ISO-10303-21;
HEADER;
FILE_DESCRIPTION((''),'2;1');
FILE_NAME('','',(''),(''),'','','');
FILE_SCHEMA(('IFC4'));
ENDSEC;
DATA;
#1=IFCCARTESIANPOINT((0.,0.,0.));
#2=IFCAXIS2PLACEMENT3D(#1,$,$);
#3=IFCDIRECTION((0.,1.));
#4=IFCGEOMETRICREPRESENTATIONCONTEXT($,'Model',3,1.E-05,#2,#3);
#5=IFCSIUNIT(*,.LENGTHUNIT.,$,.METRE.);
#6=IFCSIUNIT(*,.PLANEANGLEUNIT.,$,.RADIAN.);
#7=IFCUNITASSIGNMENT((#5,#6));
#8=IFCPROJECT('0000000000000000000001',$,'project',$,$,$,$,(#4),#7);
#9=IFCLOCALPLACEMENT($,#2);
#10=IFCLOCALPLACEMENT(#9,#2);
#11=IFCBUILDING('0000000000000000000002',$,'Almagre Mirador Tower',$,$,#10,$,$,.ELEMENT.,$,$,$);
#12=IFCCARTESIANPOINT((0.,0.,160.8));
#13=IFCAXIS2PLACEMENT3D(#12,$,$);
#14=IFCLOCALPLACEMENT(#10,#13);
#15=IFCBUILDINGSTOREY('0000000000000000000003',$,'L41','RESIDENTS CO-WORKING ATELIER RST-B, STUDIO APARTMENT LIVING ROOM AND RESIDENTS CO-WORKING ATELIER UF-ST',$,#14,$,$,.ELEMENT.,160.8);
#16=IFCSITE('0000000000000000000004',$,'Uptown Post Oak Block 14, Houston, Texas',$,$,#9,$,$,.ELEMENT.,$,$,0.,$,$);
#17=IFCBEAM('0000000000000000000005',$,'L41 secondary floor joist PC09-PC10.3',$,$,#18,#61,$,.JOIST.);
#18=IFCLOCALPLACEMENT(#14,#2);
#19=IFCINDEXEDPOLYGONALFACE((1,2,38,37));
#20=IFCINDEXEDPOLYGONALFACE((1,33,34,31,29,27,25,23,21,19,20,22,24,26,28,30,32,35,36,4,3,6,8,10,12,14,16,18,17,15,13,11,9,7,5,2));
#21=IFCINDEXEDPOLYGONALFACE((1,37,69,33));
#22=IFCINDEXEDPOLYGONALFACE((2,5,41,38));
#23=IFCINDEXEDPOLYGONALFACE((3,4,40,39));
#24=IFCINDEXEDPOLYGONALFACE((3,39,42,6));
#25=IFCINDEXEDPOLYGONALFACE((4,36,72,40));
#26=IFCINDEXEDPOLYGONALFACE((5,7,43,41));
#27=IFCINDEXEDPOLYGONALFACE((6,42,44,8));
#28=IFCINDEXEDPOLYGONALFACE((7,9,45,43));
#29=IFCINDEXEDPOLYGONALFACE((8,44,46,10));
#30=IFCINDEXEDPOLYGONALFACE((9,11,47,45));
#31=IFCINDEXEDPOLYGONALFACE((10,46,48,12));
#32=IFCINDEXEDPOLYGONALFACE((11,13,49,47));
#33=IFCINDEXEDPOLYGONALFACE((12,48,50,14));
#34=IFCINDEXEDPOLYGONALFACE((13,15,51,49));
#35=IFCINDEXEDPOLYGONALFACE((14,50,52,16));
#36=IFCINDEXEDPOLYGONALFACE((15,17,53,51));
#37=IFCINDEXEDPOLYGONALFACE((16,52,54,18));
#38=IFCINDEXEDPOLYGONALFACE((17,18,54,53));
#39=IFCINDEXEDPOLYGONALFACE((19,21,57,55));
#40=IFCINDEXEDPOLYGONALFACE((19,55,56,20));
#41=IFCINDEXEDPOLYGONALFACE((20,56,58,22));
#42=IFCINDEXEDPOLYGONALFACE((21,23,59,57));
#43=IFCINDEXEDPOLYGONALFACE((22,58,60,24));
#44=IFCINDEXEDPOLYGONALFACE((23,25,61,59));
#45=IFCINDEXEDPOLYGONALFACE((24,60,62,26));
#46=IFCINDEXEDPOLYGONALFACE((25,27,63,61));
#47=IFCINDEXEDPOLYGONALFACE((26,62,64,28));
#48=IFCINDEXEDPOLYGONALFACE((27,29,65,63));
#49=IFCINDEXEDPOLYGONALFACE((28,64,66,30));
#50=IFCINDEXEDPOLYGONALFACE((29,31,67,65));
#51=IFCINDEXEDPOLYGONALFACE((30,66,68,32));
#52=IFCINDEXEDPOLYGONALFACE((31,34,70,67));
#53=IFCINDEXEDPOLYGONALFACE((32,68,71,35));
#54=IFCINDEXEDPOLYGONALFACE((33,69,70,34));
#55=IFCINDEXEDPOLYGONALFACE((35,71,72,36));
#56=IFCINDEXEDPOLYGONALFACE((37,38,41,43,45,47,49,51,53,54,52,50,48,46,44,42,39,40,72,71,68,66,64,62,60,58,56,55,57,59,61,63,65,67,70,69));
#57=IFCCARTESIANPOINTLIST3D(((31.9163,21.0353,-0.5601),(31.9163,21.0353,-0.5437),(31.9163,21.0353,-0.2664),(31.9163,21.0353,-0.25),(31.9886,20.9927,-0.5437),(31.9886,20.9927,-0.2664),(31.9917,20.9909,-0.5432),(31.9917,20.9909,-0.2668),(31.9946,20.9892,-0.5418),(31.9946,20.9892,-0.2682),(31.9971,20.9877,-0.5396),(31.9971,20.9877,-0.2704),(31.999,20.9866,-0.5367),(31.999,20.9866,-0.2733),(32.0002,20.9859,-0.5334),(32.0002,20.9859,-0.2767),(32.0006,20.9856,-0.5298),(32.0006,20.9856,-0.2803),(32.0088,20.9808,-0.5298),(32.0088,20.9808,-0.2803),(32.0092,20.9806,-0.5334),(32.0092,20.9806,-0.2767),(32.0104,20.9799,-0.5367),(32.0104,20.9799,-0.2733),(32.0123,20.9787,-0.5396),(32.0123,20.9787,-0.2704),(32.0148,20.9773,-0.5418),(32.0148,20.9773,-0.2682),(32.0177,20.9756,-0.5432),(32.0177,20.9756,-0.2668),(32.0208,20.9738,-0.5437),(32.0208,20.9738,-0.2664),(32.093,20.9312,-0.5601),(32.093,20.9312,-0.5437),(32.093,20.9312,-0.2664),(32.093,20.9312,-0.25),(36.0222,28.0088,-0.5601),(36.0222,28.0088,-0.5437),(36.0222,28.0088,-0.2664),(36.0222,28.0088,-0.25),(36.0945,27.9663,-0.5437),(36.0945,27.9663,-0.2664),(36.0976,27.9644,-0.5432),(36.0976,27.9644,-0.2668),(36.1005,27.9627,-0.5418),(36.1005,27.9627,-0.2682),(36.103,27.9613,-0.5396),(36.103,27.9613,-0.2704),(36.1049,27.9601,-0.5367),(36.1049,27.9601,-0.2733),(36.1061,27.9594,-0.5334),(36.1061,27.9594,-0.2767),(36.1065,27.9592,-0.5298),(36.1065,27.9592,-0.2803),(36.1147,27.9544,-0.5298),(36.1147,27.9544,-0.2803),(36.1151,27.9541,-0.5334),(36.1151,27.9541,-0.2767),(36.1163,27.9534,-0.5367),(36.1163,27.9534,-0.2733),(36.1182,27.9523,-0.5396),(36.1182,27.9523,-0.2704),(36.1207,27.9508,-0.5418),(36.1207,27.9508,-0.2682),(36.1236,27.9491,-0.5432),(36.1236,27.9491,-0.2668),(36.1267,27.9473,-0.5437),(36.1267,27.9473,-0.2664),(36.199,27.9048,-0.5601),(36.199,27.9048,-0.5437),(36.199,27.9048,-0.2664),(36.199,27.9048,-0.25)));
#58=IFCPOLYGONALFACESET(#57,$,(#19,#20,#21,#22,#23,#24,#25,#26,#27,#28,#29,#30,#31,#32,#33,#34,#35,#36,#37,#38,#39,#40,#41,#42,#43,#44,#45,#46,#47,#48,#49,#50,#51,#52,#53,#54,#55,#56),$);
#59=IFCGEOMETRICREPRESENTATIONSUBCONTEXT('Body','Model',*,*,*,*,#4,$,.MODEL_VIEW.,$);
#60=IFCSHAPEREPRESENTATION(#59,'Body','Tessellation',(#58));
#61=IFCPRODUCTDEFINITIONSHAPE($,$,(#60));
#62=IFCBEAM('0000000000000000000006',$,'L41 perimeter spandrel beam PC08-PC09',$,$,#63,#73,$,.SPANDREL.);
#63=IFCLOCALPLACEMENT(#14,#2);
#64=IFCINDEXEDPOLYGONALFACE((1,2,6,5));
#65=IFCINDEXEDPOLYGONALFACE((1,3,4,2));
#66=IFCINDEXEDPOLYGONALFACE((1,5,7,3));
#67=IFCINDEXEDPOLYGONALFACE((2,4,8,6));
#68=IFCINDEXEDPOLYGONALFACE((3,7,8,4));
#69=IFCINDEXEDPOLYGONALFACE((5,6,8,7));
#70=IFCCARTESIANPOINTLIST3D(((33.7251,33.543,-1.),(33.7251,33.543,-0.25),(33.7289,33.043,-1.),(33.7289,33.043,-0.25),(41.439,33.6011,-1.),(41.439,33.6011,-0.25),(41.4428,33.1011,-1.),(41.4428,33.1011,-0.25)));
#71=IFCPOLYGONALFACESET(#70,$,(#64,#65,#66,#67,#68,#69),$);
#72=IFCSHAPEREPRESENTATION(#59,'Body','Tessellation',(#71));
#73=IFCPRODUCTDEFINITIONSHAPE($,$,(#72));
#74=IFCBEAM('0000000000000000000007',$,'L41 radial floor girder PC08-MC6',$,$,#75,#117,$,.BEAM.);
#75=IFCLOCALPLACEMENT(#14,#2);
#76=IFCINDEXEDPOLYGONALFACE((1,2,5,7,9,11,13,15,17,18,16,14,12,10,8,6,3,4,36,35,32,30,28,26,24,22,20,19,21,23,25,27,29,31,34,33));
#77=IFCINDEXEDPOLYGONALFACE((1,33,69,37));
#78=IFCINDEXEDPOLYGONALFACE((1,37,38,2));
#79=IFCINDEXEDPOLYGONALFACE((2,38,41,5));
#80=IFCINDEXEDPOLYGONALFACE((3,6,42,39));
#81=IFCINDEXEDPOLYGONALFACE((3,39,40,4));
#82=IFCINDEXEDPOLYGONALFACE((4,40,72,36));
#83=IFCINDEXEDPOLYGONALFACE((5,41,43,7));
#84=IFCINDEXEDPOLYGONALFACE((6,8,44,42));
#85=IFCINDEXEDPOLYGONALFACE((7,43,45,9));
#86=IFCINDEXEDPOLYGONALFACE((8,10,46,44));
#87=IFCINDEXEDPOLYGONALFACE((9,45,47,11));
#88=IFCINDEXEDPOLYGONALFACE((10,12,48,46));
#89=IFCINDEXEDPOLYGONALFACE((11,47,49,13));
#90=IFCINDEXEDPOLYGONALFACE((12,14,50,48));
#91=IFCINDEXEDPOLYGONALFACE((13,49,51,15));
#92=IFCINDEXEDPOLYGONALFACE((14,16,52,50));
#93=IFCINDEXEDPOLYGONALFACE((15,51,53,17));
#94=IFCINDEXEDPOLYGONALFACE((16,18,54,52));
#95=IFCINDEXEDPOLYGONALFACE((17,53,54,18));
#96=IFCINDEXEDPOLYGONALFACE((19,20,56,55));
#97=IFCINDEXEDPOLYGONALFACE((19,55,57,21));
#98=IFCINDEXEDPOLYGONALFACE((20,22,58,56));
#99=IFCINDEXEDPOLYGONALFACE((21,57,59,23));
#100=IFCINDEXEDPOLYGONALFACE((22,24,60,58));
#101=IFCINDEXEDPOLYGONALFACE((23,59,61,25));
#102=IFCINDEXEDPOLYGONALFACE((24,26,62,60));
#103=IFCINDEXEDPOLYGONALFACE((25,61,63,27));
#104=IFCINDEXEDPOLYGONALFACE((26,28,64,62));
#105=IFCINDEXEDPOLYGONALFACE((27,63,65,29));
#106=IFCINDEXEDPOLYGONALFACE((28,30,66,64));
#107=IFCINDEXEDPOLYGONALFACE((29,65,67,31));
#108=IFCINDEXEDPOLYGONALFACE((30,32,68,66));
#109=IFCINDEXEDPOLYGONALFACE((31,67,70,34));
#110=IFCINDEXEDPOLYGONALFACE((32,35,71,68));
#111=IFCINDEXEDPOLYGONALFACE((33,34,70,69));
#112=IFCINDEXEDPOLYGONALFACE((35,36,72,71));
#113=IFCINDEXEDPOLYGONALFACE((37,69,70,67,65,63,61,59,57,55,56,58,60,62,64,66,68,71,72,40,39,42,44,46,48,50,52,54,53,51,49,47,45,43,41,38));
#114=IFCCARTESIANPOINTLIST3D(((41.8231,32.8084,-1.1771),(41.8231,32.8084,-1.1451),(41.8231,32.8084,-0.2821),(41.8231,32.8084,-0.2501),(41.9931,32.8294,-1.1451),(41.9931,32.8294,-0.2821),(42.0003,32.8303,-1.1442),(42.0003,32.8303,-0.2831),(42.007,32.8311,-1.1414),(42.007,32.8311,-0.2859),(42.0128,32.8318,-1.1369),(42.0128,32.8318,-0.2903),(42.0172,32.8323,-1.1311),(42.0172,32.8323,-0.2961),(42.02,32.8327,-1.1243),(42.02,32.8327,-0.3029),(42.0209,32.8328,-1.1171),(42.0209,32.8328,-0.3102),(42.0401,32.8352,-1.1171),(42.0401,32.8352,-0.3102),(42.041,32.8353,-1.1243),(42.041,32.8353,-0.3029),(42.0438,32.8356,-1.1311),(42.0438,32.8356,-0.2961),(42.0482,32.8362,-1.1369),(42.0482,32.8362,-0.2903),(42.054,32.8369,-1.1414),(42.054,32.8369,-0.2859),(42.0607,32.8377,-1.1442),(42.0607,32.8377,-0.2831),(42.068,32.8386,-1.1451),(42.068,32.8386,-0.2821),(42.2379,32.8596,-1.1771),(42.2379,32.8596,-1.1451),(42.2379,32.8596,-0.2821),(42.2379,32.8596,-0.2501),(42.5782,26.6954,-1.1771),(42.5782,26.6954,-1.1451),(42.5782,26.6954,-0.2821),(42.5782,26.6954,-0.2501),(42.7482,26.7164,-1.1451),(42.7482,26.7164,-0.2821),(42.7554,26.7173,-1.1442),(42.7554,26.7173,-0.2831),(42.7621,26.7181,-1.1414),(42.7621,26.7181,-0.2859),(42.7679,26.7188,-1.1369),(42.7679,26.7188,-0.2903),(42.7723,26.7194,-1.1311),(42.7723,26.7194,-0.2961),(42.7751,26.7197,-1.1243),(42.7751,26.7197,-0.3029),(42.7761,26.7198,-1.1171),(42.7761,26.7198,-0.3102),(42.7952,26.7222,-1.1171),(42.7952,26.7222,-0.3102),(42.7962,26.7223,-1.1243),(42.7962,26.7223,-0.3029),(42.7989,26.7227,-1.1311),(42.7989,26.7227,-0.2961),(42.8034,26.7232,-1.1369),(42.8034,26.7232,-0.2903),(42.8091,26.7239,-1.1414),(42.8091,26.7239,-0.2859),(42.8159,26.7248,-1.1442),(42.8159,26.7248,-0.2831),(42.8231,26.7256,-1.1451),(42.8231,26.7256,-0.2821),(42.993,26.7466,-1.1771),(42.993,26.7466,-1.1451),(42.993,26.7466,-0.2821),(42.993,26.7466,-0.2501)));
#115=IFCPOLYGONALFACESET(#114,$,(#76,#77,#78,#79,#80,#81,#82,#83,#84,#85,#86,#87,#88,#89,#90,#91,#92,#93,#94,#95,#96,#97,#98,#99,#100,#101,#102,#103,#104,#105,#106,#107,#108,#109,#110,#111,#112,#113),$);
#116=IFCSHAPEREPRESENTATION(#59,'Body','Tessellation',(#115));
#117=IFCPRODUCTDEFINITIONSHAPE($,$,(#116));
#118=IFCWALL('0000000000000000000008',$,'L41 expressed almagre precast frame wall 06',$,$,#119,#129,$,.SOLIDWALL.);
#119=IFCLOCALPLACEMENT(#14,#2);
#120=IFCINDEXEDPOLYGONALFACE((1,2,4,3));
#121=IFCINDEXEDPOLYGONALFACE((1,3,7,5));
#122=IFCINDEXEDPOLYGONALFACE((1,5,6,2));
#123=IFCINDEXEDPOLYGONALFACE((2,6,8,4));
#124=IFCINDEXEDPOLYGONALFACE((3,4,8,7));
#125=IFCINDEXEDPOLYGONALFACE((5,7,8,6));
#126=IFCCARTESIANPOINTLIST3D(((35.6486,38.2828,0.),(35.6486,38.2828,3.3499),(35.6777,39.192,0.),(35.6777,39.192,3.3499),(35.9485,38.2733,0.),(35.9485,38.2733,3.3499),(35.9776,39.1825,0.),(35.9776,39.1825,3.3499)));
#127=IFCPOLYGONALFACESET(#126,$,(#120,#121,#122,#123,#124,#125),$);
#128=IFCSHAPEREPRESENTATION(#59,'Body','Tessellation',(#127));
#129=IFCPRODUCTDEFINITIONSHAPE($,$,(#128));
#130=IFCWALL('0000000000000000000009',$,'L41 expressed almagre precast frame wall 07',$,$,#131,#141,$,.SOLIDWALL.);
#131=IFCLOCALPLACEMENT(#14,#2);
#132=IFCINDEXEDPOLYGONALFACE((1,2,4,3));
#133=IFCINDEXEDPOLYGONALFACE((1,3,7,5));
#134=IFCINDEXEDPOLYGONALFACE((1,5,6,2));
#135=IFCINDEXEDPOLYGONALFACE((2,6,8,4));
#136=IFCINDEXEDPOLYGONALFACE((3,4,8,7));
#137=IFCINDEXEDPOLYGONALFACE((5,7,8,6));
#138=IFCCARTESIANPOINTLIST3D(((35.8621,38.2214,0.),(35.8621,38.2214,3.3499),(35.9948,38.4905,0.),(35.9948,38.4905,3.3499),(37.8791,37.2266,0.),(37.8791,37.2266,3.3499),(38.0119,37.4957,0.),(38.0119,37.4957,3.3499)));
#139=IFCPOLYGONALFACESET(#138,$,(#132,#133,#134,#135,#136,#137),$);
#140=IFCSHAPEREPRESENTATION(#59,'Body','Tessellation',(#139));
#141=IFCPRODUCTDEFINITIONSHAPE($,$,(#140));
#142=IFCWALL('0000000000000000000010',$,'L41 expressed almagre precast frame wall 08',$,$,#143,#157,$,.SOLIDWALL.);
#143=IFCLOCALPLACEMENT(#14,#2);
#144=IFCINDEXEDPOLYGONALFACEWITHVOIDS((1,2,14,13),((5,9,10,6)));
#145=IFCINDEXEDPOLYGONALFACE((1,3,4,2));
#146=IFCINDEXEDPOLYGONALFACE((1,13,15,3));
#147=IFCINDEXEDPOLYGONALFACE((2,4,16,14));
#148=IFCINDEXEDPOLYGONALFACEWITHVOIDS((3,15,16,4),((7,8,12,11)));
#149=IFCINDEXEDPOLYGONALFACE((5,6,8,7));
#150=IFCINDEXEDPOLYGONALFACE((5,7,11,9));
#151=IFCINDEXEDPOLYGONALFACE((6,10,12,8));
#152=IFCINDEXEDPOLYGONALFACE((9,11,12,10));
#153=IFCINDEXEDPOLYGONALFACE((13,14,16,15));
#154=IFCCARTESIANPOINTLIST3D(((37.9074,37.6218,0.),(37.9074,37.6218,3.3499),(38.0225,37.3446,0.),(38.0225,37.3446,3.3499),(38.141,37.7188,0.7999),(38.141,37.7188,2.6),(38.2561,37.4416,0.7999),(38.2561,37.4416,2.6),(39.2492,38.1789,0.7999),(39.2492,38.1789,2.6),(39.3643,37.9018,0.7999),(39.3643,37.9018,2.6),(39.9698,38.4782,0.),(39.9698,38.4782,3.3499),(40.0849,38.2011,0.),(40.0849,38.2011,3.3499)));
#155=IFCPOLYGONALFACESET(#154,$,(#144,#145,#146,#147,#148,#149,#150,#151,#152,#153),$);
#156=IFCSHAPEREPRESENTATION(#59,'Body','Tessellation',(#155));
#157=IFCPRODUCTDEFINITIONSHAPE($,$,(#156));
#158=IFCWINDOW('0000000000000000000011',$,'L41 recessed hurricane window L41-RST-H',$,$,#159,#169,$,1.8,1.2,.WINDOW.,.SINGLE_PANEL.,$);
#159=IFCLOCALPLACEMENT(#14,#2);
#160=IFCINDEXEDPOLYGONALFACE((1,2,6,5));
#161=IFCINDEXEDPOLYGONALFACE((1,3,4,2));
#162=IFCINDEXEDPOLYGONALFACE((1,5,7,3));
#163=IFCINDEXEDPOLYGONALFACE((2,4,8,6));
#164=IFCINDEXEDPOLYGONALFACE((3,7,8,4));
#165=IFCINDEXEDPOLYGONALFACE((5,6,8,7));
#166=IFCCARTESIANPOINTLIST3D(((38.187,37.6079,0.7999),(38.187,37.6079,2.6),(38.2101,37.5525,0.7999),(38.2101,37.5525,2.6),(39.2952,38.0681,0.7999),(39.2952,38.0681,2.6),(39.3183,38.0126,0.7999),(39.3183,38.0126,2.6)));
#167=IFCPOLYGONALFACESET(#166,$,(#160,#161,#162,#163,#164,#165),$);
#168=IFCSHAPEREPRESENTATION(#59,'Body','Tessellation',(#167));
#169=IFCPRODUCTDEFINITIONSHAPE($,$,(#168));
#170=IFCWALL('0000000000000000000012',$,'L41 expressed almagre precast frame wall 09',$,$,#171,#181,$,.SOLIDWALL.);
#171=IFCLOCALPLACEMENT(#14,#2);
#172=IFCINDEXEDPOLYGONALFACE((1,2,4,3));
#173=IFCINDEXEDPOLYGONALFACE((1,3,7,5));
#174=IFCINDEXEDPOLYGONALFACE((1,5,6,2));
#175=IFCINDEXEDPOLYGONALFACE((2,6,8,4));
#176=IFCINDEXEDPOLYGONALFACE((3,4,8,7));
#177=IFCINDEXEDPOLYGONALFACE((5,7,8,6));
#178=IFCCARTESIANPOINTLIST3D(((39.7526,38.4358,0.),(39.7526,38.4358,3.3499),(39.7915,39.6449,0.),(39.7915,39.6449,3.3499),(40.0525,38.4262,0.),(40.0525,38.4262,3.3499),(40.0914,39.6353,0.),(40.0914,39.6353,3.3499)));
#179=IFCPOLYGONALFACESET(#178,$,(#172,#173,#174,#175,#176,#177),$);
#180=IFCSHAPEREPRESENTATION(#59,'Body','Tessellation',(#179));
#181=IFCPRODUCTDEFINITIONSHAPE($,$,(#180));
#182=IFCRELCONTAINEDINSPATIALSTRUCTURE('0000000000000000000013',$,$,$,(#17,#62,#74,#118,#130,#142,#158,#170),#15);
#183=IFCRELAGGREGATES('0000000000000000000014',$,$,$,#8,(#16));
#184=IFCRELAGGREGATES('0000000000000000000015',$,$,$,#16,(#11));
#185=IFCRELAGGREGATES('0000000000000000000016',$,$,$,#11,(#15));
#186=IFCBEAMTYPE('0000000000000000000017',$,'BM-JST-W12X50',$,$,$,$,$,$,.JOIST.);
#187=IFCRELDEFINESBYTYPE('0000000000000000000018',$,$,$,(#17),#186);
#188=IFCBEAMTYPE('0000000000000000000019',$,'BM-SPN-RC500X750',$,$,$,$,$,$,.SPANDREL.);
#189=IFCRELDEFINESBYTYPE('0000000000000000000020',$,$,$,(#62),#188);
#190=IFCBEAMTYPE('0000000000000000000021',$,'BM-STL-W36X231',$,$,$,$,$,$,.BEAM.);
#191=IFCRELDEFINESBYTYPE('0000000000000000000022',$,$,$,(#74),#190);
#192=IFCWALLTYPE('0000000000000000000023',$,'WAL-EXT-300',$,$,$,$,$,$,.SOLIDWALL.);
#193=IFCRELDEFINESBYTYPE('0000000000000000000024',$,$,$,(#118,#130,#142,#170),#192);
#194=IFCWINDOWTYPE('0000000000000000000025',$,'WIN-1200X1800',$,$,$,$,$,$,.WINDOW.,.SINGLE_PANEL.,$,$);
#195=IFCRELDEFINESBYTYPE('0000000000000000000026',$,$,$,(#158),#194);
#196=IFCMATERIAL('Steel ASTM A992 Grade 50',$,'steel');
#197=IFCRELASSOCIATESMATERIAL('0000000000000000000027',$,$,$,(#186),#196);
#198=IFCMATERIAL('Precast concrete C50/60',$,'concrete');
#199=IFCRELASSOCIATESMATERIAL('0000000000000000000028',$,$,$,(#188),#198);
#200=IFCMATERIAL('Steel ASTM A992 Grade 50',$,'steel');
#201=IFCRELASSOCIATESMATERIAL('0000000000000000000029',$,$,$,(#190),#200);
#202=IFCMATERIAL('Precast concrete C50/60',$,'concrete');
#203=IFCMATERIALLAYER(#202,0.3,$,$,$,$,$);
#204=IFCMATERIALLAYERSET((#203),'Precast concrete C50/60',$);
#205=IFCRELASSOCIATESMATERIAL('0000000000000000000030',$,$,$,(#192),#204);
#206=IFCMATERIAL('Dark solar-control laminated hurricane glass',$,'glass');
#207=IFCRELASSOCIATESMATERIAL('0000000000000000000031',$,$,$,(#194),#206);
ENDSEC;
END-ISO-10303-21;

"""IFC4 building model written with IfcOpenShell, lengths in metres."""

from ifc_helpers import new_model, si_unit, direction, frame, frame_2d, origin, origin_2d, place, context, subcontext, project, spatial, rectangle, i_section, extrude, material, layer, layer_set, material_profile, profile_set, type_object, element, fill, save


model = new_model("IFC4")

# Units and contexts
model_context = context("Model", 3, precision=1e-05, world=origin(), true_north=direction((0.0, 1.0)))
body_context = subcontext(model_context, "Body", "Model", "MODEL_VIEW")
ifc_project = project(units=[si_unit("LENGTHUNIT", "METRE"), si_unit("PLANEANGLEUNIT", "RADIAN")], contexts=[model_context])

# Site, building, storey
site_placement = place(None, origin())
site = spatial("IfcSite", under=ifc_project, at=site_placement, Name="Uptown Post Oak Block 14, Houston, Texas", CompositionType="ELEMENT", RefElevation=0.0)
building_placement = place(site_placement, origin())
building = spatial("IfcBuilding", under=site, at=building_placement, Name="Almagre Mirador Tower", CompositionType="ELEMENT")
storey_placement = place(building_placement, frame((0.0, 0.0, 160.8)))
storey = spatial("IfcBuildingStorey", under=building, at=storey_placement, Name="L41", Description="RESIDENTS CO-WORKING ATELIER RST-B, STUDIO APARTMENT LIVING ROOM AND RESIDENTS CO-WORKING ATELIER UF-ST", CompositionType="ELEMENT", Elevation=160.8)

# Beams
ifc_material_1 = material(Name="Steel ASTM A992 Grade 50", Category="steel")
ifc_material_profile_1 = material_profile(ifc_material_1, i_section(OverallWidth=0.2051, OverallDepth=0.3101, WebThickness=0.0095, FlangeThickness=0.0164, FilletRadius=0.0139, at=origin_2d()), Name="W12X50")
ifc_profile_set_1 = profile_set([ifc_material_profile_1], Name="Steel ASTM A992 Grade 50")
beam_type_1 = type_object("IfcBeamType", Name="BM-JST-W12X50", PredefinedType="JOIST", material=ifc_profile_set_1)
beam_1_placement = place(storey_placement, frame((36.1106, 27.9568, -0.405), z_axis=(-0.507371, -0.861728, 0.0), x_axis=(0.861728, -0.507371, 0.0)))
element("IfcBeam", 1, at=beam_1_placement, inside=storey, type_object=beam_type_1, Name="L41 secondary floor joist PC09-PC10.3", PredefinedType="JOIST", context=body_context, shape_type="SweptSolid", body=[
    extrude(i_section(OverallWidth=0.2051, OverallDepth=0.3101, WebThickness=0.0095, FlangeThickness=0.0164, FilletRadius=0.0139, at=origin_2d()), origin(), (0.0, 0.0, 1.0), 8.0925),
])
ifc_material_2 = material(Name="Precast concrete C50/60", Category="concrete")
ifc_material_profile_2 = material_profile(ifc_material_2, rectangle(XDim=0.5, YDim=0.75, at=origin_2d()), Name="RC500X750")
ifc_profile_set_2 = profile_set([ifc_material_profile_2], Name="Precast concrete C50/60")
beam_type_2 = type_object("IfcBeamType", Name="BM-SPN-RC500X750", PredefinedType="SPANDREL", material=ifc_profile_set_2)
beam_2_placement = place(storey_placement, frame((41.4409, 33.3511, -0.625), z_axis=(-0.999972, -0.007532, 0.0), x_axis=(0.007532, -0.999972, 0.0)))
element("IfcBeam", 2, at=beam_2_placement, inside=storey, type_object=beam_type_2, Name="L41 perimeter spandrel beam PC08-PC09", PredefinedType="SPANDREL", context=body_context, shape_type="SweptSolid", body=[
    extrude(rectangle(XDim=0.5, YDim=0.75, at=origin_2d()), origin(), (0.0, 0.0, 1.0), 7.7141),
])
ifc_material_3 = material(Name="Steel ASTM A992 Grade 50", Category="steel")
ifc_material_profile_3 = material_profile(ifc_material_3, i_section(OverallWidth=0.418, OverallDepth=0.927, WebThickness=0.0193, FlangeThickness=0.032, FilletRadius=0.0281, at=origin_2d()), Name="W36X231")
ifc_profile_set_3 = profile_set([ifc_material_profile_3], Name="Steel ASTM A992 Grade 50")
beam_type_3 = type_object("IfcBeamType", Name="BM-STL-W36X231", PredefinedType="BEAM", material=ifc_profile_set_3)
beam_3_placement = place(storey_placement, frame((42.0305, 32.834, -0.7136), z_axis=(0.122595, -0.992457, 0.0), x_axis=(0.992457, 0.122595, 0.0)))
element("IfcBeam", 3, at=beam_3_placement, inside=storey, type_object=beam_type_3, Name="L41 radial floor girder PC08-MC6", PredefinedType="BEAM", context=body_context, shape_type="SweptSolid", body=[
    extrude(i_section(OverallWidth=0.418, OverallDepth=0.927, WebThickness=0.0193, FlangeThickness=0.032, FilletRadius=0.0281, at=origin_2d()), origin(), (0.0, 0.0, 1.0), 6.1594),
])

# Walls
ifc_material_4 = material(Name="Precast concrete C50/60", Category="concrete")
ifc_layer_1 = layer(ifc_material_4, 0.3)
ifc_layer_set_1 = layer_set([ifc_layer_1], Name="Precast concrete C50/60")
wall_type_1 = type_object("IfcWallType", Name="WAL-EXT-300", PredefinedType="SOLIDWALL", material=ifc_layer_set_1)
wall_1_placement = place(storey_placement, frame((35.8276, 39.1873, 0.0), z_axis=(0.0, 0.0, 1.0), x_axis=(-0.031939, -0.99949, 0.0)))
element("IfcWall", 4, at=wall_1_placement, inside=storey, type_object=wall_type_1, Name="L41 expressed almagre precast frame wall 06", PredefinedType="SOLIDWALL", context=body_context, shape_type="SweptSolid", body=[
    extrude(rectangle(XDim=0.9097, YDim=0.3, at=frame_2d((0.4548, 0.0))), origin(), (0.0, 0.0, 1.0), 3.3499),
])
wall_2_placement = place(storey_placement, frame((35.9285, 38.356, 0.0), z_axis=(0.0, 0.0, 1.0), x_axis=(0.896846, -0.442344, 0.0)))
element("IfcWall", 5, at=wall_2_placement, inside=storey, type_object=wall_type_1, Name="L41 expressed almagre precast frame wall 07", PredefinedType="SOLIDWALL", context=body_context, shape_type="SweptSolid", body=[
    extrude(rectangle(XDim=2.249, YDim=0.3, at=frame_2d((1.1245, 0.0))), origin(), (0.0, 0.0, 1.0), 3.3499),
])

# Wall, opening, window
wall_3_placement = place(storey_placement, frame((37.9648, 37.4832, 0.0), z_axis=(0.0, 0.0, 1.0), x_axis=(0.923542, 0.383497, 0.0)))
wall_3 = element("IfcWall", 6, at=wall_3_placement, inside=storey, type_object=wall_type_1, Name="L41 expressed almagre precast frame wall 08", PredefinedType="SOLIDWALL", context=body_context, shape_type="SweptSolid", body=[
    extrude(rectangle(XDim=2.2332, YDim=0.3, at=frame_2d((1.1167, 0.0))), origin(), (0.0, 0.0, 1.0), 3.3499),
])
opening_1_placement = place(wall_3_placement, frame((0.2529, 0.0, 0.8)))
opening_1 = element("IfcOpeningElement", 7, at=opening_1_placement, cuts=wall_3, PredefinedType="OPENING", context=body_context, shape_type="SweptSolid", body=[
    extrude(rectangle(XDim=1.2, YDim=1.8, at=frame_2d((0.6001, 0.8999))), frame((0.0, 0.1599, 0.0), z_axis=(0.0, -1.0, 0.0), x_axis=(1.0, 0.0, 0.0)), (0.0, 0.0, 1.0), 0.32),
])
ifc_material_5 = material(Name="Dark solar-control laminated hurricane glass", Category="glass")
window_type_1 = type_object("IfcWindowType", Name="WIN-1200X1800", PartitioningType="SINGLE_PANEL", PredefinedType="WINDOW", material=ifc_material_5)
window_1_placement = place(opening_1_placement, origin())
window_1 = element("IfcWindow", 8, at=window_1_placement, inside=storey, type_object=window_type_1, Name="L41 recessed hurricane window L41-RST-H", OverallHeight=1.8, OverallWidth=1.2, PartitioningType="SINGLE_PANEL", PredefinedType="WINDOW", context=body_context, shape_type="SweptSolid", body=[
    extrude(rectangle(XDim=1.2, YDim=1.8, at=frame_2d((0.6001, 0.8999))), frame((0.0, 0.03, 0.0), z_axis=(0.0, -1.0, 0.0), x_axis=(1.0, 0.0, 0.0)), (0.0, 0.0, 1.0), 0.0601),
])
fill(opening_1, window_1)

# Wall
wall_4_placement = place(storey_placement, frame((39.9026, 38.4309, 0.0), z_axis=(0.0, 0.0, 1.0), x_axis=(0.032092, 0.999485, 0.0)))
element("IfcWall", 9, at=wall_4_placement, inside=storey, type_object=wall_type_1, Name="L41 expressed almagre precast frame wall 09", PredefinedType="SOLIDWALL", context=body_context, shape_type="SweptSolid", body=[
    extrude(rectangle(XDim=1.2097, YDim=0.3, at=frame_2d((0.605, 0.0))), origin(), (0.0, 0.0, 1.0), 3.3499),
])

save(model, "model.ifc")
